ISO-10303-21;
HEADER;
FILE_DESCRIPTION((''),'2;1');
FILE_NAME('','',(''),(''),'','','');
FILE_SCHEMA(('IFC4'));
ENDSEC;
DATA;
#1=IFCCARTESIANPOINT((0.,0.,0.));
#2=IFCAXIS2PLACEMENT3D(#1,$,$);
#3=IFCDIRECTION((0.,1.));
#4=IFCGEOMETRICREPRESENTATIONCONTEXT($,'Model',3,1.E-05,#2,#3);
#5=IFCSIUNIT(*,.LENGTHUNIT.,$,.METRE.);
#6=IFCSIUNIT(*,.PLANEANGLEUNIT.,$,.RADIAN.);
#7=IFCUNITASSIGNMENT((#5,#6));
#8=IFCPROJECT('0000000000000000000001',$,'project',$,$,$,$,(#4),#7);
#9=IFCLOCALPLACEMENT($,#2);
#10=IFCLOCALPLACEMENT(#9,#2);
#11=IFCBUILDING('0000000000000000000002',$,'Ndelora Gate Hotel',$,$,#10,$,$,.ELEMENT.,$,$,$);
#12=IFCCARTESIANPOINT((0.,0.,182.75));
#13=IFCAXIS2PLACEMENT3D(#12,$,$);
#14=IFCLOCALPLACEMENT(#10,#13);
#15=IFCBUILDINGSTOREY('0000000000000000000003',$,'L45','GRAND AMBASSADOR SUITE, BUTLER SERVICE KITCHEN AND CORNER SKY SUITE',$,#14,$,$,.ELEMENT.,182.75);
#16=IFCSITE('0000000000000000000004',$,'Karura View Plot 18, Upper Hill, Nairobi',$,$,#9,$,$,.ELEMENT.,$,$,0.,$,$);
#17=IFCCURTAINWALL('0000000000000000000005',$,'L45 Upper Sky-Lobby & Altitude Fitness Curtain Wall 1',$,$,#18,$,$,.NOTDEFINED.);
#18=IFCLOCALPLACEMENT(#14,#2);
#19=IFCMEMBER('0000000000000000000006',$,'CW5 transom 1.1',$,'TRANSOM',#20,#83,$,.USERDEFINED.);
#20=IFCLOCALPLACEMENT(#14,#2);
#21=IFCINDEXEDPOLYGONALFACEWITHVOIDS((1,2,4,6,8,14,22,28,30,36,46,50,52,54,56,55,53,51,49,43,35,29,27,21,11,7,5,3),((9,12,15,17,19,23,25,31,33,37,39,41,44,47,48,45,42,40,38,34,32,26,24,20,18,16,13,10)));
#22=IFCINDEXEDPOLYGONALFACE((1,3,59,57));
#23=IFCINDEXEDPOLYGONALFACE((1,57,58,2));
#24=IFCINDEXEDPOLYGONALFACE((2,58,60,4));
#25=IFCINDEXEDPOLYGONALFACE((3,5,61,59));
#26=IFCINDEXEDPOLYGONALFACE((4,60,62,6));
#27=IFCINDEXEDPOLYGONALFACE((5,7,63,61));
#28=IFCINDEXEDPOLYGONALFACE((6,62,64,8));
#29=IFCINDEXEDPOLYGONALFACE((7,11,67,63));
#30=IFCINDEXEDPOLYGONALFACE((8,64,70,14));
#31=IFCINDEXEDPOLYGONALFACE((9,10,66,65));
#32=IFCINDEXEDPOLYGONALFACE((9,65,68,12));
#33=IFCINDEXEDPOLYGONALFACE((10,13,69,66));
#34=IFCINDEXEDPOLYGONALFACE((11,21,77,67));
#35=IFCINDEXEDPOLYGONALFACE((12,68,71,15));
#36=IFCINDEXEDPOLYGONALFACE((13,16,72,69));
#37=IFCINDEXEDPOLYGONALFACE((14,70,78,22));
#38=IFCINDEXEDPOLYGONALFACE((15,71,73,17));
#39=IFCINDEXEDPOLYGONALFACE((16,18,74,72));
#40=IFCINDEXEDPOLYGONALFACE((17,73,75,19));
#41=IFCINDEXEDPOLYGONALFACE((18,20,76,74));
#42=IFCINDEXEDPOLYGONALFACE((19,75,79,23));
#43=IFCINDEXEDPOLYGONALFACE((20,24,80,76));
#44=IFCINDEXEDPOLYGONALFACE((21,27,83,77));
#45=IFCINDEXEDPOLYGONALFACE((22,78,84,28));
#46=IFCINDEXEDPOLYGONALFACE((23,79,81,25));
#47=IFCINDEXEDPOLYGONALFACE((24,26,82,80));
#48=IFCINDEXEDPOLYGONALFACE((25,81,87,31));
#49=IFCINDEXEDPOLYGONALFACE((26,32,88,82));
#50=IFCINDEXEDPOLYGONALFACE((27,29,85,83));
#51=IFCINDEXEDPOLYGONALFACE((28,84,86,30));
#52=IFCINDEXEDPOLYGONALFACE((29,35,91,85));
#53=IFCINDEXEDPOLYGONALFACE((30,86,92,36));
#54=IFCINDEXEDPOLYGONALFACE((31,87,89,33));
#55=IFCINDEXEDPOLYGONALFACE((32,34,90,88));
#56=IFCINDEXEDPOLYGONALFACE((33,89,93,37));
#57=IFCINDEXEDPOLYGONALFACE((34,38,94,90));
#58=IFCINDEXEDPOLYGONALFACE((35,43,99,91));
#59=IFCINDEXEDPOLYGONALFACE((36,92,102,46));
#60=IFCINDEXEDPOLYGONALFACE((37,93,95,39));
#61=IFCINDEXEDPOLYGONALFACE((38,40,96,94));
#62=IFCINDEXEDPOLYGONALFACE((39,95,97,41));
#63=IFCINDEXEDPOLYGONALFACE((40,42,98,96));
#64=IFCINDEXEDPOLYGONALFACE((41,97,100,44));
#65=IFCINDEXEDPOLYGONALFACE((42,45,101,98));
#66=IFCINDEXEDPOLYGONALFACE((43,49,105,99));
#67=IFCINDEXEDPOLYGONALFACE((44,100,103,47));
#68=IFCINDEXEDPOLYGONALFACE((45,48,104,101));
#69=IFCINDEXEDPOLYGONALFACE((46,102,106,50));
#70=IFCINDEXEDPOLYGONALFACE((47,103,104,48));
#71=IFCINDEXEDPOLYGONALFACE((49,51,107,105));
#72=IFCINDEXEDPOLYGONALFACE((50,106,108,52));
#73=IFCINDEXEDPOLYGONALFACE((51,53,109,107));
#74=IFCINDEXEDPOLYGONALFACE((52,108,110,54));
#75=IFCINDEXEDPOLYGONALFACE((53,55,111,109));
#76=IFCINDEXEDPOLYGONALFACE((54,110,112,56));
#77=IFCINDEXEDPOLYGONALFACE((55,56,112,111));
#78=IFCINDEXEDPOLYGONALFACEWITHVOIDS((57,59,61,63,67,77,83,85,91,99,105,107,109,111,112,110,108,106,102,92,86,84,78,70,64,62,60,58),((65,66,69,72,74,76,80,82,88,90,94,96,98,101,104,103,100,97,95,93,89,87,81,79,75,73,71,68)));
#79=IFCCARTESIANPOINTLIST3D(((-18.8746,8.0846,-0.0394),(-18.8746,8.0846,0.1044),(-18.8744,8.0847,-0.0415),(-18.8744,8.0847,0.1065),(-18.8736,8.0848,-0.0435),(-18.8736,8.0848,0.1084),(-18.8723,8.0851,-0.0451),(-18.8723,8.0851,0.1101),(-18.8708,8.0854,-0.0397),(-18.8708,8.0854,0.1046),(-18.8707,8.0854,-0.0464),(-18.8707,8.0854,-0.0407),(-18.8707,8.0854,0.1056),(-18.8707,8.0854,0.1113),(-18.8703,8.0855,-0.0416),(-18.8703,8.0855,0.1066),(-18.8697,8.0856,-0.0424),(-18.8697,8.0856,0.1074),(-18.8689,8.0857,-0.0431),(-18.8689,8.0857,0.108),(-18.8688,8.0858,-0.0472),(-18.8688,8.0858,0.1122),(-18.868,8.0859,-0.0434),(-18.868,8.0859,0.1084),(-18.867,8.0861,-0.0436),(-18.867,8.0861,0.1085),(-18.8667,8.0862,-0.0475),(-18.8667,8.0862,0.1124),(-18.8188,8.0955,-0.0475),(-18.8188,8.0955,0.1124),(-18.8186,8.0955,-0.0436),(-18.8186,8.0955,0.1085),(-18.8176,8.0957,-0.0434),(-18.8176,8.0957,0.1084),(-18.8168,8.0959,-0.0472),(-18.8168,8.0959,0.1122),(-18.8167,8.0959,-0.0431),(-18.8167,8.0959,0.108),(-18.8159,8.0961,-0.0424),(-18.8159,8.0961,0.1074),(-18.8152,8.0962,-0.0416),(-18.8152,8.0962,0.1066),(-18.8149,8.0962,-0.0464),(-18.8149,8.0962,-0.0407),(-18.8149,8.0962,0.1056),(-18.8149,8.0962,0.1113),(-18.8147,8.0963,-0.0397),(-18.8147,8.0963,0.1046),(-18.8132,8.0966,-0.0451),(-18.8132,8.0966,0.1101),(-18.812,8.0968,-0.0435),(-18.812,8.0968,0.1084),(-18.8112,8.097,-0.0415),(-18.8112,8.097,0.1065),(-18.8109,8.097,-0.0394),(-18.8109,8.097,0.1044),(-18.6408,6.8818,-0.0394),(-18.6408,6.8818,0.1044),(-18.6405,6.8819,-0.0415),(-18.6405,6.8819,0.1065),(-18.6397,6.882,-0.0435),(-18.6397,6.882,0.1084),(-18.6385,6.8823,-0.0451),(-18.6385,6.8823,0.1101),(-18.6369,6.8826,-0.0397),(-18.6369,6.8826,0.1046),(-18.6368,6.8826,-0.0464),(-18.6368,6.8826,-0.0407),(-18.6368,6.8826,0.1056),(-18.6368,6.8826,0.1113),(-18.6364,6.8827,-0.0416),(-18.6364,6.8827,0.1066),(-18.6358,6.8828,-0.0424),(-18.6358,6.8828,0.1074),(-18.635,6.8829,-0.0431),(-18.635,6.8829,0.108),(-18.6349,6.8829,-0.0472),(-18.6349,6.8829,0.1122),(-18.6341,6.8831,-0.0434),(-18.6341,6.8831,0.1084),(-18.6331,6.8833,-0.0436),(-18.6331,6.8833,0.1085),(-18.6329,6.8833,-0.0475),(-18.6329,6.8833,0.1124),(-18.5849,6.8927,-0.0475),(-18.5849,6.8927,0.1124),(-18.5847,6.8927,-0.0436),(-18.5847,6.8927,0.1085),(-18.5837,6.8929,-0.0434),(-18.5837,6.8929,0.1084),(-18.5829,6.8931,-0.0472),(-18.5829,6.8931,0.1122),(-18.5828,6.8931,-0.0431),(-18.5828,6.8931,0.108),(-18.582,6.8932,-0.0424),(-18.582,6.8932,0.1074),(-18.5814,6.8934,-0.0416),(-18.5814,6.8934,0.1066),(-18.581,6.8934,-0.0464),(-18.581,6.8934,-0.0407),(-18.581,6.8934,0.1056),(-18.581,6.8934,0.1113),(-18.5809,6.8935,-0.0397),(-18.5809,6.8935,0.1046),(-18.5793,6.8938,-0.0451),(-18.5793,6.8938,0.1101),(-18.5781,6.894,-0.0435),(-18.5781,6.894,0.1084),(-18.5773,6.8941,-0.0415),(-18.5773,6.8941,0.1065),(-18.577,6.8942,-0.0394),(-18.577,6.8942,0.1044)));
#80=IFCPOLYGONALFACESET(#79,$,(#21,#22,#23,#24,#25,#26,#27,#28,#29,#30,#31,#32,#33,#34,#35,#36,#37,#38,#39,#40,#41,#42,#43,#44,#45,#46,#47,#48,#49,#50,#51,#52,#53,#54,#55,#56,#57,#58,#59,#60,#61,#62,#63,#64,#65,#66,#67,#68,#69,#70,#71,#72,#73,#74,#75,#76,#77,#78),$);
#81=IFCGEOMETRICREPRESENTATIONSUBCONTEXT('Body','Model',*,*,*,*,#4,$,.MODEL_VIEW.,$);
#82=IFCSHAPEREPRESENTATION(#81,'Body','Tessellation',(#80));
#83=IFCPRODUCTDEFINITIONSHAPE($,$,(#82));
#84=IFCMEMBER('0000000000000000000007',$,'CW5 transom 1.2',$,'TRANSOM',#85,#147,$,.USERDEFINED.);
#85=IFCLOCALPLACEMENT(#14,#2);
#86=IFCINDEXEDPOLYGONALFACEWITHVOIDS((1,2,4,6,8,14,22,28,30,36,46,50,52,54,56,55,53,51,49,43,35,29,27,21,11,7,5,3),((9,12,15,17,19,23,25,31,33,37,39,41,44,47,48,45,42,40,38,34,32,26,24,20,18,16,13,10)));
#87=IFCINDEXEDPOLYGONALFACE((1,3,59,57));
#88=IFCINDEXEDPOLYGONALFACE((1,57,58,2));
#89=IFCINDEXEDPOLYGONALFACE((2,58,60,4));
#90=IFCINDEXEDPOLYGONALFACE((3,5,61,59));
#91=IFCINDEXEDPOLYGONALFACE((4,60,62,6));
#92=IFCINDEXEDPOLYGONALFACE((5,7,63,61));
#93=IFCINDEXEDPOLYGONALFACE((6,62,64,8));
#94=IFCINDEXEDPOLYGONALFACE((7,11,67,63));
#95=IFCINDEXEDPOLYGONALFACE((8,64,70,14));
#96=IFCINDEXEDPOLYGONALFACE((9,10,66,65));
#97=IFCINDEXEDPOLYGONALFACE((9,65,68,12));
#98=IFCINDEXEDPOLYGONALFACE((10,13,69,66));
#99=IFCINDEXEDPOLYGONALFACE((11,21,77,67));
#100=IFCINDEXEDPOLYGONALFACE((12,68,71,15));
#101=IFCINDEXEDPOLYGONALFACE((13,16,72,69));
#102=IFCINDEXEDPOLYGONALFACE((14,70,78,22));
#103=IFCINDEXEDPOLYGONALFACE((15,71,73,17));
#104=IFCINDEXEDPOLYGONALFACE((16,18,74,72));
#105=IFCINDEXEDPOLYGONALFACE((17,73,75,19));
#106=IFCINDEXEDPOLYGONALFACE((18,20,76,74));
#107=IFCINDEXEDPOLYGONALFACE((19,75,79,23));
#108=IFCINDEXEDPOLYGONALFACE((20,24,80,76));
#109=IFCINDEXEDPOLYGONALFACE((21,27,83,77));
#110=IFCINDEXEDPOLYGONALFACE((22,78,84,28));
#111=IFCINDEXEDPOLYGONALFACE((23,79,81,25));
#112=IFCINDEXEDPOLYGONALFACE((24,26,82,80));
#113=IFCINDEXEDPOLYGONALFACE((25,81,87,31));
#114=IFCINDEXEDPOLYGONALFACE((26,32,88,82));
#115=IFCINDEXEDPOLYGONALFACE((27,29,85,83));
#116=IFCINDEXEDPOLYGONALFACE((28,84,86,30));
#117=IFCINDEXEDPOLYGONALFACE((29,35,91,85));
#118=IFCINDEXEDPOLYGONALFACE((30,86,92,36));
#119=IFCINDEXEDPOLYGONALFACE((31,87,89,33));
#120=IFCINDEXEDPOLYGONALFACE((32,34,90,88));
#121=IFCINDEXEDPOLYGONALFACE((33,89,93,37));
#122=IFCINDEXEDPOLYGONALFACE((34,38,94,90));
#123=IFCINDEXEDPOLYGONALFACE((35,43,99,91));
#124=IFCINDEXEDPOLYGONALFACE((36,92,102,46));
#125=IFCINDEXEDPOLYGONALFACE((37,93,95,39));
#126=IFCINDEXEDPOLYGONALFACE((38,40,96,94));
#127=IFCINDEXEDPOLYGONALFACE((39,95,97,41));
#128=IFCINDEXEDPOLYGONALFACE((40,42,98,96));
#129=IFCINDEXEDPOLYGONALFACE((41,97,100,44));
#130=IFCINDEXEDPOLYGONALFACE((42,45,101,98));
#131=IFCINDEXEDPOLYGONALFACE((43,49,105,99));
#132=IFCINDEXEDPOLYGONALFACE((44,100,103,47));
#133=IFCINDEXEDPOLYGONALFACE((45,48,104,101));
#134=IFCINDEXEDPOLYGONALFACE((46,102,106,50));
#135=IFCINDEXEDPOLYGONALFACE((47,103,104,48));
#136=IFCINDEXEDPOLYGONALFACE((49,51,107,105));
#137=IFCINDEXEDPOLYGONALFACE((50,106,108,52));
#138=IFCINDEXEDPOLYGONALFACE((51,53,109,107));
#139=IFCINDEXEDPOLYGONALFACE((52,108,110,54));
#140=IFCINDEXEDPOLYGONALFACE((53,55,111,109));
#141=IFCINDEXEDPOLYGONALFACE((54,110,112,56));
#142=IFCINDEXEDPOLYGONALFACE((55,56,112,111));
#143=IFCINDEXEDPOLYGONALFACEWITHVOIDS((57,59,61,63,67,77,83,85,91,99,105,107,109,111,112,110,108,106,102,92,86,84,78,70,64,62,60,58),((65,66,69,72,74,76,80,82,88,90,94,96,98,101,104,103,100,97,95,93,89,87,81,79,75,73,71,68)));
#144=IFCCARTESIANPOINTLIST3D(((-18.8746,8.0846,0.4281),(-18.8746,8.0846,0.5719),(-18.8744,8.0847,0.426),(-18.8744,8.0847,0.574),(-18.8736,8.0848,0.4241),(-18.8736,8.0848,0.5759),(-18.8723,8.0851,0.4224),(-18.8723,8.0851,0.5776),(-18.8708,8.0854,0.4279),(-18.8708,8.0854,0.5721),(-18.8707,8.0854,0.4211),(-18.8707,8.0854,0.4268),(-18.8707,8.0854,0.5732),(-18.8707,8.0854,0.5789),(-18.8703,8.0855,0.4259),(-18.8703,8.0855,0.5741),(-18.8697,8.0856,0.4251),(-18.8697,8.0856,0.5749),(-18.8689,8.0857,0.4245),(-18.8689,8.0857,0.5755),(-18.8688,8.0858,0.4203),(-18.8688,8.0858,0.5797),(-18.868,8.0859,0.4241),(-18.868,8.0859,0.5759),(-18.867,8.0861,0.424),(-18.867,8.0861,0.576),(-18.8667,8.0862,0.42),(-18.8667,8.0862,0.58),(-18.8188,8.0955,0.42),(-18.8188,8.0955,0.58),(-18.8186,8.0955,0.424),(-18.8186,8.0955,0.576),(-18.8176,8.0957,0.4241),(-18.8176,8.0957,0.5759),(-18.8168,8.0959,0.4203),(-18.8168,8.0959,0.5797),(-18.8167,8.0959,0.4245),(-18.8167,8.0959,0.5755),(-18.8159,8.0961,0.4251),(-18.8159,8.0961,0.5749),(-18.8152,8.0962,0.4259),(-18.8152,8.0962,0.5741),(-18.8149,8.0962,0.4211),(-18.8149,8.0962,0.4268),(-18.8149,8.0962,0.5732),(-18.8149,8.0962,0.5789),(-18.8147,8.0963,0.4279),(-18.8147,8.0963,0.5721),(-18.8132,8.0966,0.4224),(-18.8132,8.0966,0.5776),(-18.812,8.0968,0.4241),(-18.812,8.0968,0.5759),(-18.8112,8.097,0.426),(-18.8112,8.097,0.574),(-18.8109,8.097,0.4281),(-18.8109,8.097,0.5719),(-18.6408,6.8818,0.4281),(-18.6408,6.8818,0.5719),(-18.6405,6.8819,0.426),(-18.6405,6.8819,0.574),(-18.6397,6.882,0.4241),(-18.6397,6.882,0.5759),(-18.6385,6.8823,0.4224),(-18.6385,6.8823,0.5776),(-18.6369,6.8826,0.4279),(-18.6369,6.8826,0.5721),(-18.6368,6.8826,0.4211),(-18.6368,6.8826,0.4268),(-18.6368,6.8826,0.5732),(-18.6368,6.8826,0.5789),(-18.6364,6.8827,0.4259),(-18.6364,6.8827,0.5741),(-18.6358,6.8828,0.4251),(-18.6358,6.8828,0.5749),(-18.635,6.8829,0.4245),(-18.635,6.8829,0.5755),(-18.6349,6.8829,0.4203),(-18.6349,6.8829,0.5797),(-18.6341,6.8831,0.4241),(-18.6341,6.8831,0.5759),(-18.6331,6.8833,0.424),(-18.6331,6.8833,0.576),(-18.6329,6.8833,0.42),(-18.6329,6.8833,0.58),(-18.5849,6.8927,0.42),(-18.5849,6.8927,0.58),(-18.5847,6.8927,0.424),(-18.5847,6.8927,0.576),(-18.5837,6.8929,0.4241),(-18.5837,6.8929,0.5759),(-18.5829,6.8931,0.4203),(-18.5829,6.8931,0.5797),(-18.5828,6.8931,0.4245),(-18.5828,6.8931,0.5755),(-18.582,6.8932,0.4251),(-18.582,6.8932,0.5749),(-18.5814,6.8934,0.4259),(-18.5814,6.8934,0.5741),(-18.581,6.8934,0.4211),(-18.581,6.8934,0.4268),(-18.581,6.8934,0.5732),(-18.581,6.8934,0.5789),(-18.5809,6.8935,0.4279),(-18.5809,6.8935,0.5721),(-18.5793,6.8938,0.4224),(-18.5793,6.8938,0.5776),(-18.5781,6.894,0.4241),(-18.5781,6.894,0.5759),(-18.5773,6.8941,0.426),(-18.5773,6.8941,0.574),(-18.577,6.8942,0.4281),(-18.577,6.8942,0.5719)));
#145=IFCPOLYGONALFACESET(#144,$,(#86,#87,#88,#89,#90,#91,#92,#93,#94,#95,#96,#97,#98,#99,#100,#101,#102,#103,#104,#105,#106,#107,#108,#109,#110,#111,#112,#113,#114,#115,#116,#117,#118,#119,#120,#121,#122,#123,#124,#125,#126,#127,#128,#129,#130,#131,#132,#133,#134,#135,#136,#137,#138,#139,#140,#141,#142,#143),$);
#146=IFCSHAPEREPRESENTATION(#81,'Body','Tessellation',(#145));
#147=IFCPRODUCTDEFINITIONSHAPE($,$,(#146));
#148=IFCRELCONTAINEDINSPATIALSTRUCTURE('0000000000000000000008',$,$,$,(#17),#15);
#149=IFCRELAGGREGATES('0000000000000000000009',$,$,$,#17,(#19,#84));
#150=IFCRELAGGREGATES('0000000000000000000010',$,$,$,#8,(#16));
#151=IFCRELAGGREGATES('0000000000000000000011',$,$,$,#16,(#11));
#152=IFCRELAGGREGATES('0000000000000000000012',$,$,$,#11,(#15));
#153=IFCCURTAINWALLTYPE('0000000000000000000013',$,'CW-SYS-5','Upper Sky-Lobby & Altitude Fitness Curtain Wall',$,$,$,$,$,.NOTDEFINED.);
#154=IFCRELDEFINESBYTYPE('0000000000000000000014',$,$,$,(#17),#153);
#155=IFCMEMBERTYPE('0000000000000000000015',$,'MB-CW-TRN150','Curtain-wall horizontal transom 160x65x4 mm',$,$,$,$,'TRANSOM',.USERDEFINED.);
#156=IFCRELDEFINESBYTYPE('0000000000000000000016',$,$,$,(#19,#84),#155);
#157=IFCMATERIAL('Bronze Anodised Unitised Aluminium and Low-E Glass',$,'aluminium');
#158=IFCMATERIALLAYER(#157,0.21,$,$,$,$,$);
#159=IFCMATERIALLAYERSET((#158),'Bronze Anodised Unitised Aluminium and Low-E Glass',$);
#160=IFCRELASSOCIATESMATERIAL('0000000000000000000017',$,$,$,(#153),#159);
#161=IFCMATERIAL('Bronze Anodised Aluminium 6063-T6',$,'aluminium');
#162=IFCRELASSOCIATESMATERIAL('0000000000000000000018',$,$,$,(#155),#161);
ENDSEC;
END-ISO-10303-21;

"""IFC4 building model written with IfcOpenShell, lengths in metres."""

from ifc_helpers import new_model, si_unit, direction, frame, origin, origin_2d, place, context, subcontext, project, spatial, hollow_rectangle, extrude, material, layer, layer_set, material_profile, profile_set, type_object, element, aggregate, save


model = new_model("IFC4")

# Units and contexts
model_context = context("Model", 3, precision=1e-05, world=origin(), true_north=direction((0.0, 1.0)))
body_context = subcontext(model_context, "Body", "Model", "MODEL_VIEW")
ifc_project = project(units=[si_unit("LENGTHUNIT", "METRE"), si_unit("PLANEANGLEUNIT", "RADIAN")], contexts=[model_context])

# Site, building, storey
site_placement = place(None, origin())
site = spatial("IfcSite", under=ifc_project, at=site_placement, Name="Karura View Plot 18, Upper Hill, Nairobi", CompositionType="ELEMENT", RefElevation=0.0)
building_placement = place(site_placement, origin())
building = spatial("IfcBuilding", under=site, at=building_placement, Name="Ndelora Gate Hotel", CompositionType="ELEMENT")
storey_placement = place(building_placement, frame((0.0, 0.0, 182.75)))
storey = spatial("IfcBuildingStorey", under=building, at=storey_placement, Name="L45", Description="GRAND AMBASSADOR SUITE, BUTLER SERVICE KITCHEN AND CORNER SKY SUITE", CompositionType="ELEMENT", Elevation=182.75)

# Curtain wall, members
ifc_material_1 = material(Name="Bronze Anodised Unitised Aluminium and Low-E Glass", Category="aluminium")
ifc_layer_1 = layer(ifc_material_1, 0.21)
ifc_layer_set_1 = layer_set([ifc_layer_1], Name="Bronze Anodised Unitised Aluminium and Low-E Glass")
curtain_wall_type = type_object("IfcCurtainWallType", Name="CW-SYS-5", Description="Upper Sky-Lobby & Altitude Fitness Curtain Wall", PredefinedType="NOTDEFINED", material=ifc_layer_set_1)
curtain_wall_placement = place(storey_placement, origin())
curtain_wall = element("IfcCurtainWall", 1, at=curtain_wall_placement, inside=storey, type_object=curtain_wall_type, Name="L45 Upper Sky-Lobby & Altitude Fitness Curtain Wall 1", PredefinedType="NOTDEFINED")
ifc_material_2 = material(Name="Bronze Anodised Aluminium 6063-T6", Category="aluminium")
ifc_material_profile_1 = material_profile(ifc_material_2, hollow_rectangle(XDim=0.0649, YDim=0.1599, WallThickness=0.0039, InnerFilletRadius=0.0039, OuterFilletRadius=0.0081, at=origin_2d()), Name="ALU 160x65x4")
ifc_profile_set_1 = profile_set([ifc_material_profile_1], Name="Bronze Anodised Aluminium 6063-T6")
member_type_1 = type_object("IfcMemberType", Name="MB-CW-TRN150", Description="Curtain-wall horizontal transom 160x65x4 mm", ElementType="TRANSOM", PredefinedType="USERDEFINED", material=ifc_profile_set_1)
member_1_placement = place(storey_placement, frame((-18.8428, 8.0908, 0.0325), z_axis=(0.190864, -0.981616, 0.0), x_axis=(0.981616, 0.190864, 0.0)))
member_1 = element("IfcMember", 2, at=member_1_placement, type_object=member_type_1, Name="CW5 transom 1.1", ObjectType="TRANSOM", PredefinedType="USERDEFINED", context=body_context, shape_type="SweptSolid", body=[
    extrude(hollow_rectangle(XDim=0.0649, YDim=0.1599, WallThickness=0.0039, InnerFilletRadius=0.0039, OuterFilletRadius=0.0081, at=origin_2d()), origin(), (0.0, 0.0, 1.0), 1.2253),
])
member_2_placement = place(storey_placement, frame((-18.8428, 8.0908, 0.5), z_axis=(0.190864, -0.981616, 0.0), x_axis=(0.981616, 0.190864, 0.0)))
member_2 = element("IfcMember", 3, at=member_2_placement, type_object=member_type_1, Name="CW5 transom 1.2", ObjectType="TRANSOM", PredefinedType="USERDEFINED", context=body_context, shape_type="SweptSolid", body=[
    extrude(hollow_rectangle(XDim=0.0649, YDim=0.1599, WallThickness=0.0039, InnerFilletRadius=0.0039, OuterFilletRadius=0.0081, at=origin_2d()), origin(), (0.0, 0.0, 1.0), 1.2253),
])
aggregate(curtain_wall, [member_1, member_2])

save(model, "model.ifc")
